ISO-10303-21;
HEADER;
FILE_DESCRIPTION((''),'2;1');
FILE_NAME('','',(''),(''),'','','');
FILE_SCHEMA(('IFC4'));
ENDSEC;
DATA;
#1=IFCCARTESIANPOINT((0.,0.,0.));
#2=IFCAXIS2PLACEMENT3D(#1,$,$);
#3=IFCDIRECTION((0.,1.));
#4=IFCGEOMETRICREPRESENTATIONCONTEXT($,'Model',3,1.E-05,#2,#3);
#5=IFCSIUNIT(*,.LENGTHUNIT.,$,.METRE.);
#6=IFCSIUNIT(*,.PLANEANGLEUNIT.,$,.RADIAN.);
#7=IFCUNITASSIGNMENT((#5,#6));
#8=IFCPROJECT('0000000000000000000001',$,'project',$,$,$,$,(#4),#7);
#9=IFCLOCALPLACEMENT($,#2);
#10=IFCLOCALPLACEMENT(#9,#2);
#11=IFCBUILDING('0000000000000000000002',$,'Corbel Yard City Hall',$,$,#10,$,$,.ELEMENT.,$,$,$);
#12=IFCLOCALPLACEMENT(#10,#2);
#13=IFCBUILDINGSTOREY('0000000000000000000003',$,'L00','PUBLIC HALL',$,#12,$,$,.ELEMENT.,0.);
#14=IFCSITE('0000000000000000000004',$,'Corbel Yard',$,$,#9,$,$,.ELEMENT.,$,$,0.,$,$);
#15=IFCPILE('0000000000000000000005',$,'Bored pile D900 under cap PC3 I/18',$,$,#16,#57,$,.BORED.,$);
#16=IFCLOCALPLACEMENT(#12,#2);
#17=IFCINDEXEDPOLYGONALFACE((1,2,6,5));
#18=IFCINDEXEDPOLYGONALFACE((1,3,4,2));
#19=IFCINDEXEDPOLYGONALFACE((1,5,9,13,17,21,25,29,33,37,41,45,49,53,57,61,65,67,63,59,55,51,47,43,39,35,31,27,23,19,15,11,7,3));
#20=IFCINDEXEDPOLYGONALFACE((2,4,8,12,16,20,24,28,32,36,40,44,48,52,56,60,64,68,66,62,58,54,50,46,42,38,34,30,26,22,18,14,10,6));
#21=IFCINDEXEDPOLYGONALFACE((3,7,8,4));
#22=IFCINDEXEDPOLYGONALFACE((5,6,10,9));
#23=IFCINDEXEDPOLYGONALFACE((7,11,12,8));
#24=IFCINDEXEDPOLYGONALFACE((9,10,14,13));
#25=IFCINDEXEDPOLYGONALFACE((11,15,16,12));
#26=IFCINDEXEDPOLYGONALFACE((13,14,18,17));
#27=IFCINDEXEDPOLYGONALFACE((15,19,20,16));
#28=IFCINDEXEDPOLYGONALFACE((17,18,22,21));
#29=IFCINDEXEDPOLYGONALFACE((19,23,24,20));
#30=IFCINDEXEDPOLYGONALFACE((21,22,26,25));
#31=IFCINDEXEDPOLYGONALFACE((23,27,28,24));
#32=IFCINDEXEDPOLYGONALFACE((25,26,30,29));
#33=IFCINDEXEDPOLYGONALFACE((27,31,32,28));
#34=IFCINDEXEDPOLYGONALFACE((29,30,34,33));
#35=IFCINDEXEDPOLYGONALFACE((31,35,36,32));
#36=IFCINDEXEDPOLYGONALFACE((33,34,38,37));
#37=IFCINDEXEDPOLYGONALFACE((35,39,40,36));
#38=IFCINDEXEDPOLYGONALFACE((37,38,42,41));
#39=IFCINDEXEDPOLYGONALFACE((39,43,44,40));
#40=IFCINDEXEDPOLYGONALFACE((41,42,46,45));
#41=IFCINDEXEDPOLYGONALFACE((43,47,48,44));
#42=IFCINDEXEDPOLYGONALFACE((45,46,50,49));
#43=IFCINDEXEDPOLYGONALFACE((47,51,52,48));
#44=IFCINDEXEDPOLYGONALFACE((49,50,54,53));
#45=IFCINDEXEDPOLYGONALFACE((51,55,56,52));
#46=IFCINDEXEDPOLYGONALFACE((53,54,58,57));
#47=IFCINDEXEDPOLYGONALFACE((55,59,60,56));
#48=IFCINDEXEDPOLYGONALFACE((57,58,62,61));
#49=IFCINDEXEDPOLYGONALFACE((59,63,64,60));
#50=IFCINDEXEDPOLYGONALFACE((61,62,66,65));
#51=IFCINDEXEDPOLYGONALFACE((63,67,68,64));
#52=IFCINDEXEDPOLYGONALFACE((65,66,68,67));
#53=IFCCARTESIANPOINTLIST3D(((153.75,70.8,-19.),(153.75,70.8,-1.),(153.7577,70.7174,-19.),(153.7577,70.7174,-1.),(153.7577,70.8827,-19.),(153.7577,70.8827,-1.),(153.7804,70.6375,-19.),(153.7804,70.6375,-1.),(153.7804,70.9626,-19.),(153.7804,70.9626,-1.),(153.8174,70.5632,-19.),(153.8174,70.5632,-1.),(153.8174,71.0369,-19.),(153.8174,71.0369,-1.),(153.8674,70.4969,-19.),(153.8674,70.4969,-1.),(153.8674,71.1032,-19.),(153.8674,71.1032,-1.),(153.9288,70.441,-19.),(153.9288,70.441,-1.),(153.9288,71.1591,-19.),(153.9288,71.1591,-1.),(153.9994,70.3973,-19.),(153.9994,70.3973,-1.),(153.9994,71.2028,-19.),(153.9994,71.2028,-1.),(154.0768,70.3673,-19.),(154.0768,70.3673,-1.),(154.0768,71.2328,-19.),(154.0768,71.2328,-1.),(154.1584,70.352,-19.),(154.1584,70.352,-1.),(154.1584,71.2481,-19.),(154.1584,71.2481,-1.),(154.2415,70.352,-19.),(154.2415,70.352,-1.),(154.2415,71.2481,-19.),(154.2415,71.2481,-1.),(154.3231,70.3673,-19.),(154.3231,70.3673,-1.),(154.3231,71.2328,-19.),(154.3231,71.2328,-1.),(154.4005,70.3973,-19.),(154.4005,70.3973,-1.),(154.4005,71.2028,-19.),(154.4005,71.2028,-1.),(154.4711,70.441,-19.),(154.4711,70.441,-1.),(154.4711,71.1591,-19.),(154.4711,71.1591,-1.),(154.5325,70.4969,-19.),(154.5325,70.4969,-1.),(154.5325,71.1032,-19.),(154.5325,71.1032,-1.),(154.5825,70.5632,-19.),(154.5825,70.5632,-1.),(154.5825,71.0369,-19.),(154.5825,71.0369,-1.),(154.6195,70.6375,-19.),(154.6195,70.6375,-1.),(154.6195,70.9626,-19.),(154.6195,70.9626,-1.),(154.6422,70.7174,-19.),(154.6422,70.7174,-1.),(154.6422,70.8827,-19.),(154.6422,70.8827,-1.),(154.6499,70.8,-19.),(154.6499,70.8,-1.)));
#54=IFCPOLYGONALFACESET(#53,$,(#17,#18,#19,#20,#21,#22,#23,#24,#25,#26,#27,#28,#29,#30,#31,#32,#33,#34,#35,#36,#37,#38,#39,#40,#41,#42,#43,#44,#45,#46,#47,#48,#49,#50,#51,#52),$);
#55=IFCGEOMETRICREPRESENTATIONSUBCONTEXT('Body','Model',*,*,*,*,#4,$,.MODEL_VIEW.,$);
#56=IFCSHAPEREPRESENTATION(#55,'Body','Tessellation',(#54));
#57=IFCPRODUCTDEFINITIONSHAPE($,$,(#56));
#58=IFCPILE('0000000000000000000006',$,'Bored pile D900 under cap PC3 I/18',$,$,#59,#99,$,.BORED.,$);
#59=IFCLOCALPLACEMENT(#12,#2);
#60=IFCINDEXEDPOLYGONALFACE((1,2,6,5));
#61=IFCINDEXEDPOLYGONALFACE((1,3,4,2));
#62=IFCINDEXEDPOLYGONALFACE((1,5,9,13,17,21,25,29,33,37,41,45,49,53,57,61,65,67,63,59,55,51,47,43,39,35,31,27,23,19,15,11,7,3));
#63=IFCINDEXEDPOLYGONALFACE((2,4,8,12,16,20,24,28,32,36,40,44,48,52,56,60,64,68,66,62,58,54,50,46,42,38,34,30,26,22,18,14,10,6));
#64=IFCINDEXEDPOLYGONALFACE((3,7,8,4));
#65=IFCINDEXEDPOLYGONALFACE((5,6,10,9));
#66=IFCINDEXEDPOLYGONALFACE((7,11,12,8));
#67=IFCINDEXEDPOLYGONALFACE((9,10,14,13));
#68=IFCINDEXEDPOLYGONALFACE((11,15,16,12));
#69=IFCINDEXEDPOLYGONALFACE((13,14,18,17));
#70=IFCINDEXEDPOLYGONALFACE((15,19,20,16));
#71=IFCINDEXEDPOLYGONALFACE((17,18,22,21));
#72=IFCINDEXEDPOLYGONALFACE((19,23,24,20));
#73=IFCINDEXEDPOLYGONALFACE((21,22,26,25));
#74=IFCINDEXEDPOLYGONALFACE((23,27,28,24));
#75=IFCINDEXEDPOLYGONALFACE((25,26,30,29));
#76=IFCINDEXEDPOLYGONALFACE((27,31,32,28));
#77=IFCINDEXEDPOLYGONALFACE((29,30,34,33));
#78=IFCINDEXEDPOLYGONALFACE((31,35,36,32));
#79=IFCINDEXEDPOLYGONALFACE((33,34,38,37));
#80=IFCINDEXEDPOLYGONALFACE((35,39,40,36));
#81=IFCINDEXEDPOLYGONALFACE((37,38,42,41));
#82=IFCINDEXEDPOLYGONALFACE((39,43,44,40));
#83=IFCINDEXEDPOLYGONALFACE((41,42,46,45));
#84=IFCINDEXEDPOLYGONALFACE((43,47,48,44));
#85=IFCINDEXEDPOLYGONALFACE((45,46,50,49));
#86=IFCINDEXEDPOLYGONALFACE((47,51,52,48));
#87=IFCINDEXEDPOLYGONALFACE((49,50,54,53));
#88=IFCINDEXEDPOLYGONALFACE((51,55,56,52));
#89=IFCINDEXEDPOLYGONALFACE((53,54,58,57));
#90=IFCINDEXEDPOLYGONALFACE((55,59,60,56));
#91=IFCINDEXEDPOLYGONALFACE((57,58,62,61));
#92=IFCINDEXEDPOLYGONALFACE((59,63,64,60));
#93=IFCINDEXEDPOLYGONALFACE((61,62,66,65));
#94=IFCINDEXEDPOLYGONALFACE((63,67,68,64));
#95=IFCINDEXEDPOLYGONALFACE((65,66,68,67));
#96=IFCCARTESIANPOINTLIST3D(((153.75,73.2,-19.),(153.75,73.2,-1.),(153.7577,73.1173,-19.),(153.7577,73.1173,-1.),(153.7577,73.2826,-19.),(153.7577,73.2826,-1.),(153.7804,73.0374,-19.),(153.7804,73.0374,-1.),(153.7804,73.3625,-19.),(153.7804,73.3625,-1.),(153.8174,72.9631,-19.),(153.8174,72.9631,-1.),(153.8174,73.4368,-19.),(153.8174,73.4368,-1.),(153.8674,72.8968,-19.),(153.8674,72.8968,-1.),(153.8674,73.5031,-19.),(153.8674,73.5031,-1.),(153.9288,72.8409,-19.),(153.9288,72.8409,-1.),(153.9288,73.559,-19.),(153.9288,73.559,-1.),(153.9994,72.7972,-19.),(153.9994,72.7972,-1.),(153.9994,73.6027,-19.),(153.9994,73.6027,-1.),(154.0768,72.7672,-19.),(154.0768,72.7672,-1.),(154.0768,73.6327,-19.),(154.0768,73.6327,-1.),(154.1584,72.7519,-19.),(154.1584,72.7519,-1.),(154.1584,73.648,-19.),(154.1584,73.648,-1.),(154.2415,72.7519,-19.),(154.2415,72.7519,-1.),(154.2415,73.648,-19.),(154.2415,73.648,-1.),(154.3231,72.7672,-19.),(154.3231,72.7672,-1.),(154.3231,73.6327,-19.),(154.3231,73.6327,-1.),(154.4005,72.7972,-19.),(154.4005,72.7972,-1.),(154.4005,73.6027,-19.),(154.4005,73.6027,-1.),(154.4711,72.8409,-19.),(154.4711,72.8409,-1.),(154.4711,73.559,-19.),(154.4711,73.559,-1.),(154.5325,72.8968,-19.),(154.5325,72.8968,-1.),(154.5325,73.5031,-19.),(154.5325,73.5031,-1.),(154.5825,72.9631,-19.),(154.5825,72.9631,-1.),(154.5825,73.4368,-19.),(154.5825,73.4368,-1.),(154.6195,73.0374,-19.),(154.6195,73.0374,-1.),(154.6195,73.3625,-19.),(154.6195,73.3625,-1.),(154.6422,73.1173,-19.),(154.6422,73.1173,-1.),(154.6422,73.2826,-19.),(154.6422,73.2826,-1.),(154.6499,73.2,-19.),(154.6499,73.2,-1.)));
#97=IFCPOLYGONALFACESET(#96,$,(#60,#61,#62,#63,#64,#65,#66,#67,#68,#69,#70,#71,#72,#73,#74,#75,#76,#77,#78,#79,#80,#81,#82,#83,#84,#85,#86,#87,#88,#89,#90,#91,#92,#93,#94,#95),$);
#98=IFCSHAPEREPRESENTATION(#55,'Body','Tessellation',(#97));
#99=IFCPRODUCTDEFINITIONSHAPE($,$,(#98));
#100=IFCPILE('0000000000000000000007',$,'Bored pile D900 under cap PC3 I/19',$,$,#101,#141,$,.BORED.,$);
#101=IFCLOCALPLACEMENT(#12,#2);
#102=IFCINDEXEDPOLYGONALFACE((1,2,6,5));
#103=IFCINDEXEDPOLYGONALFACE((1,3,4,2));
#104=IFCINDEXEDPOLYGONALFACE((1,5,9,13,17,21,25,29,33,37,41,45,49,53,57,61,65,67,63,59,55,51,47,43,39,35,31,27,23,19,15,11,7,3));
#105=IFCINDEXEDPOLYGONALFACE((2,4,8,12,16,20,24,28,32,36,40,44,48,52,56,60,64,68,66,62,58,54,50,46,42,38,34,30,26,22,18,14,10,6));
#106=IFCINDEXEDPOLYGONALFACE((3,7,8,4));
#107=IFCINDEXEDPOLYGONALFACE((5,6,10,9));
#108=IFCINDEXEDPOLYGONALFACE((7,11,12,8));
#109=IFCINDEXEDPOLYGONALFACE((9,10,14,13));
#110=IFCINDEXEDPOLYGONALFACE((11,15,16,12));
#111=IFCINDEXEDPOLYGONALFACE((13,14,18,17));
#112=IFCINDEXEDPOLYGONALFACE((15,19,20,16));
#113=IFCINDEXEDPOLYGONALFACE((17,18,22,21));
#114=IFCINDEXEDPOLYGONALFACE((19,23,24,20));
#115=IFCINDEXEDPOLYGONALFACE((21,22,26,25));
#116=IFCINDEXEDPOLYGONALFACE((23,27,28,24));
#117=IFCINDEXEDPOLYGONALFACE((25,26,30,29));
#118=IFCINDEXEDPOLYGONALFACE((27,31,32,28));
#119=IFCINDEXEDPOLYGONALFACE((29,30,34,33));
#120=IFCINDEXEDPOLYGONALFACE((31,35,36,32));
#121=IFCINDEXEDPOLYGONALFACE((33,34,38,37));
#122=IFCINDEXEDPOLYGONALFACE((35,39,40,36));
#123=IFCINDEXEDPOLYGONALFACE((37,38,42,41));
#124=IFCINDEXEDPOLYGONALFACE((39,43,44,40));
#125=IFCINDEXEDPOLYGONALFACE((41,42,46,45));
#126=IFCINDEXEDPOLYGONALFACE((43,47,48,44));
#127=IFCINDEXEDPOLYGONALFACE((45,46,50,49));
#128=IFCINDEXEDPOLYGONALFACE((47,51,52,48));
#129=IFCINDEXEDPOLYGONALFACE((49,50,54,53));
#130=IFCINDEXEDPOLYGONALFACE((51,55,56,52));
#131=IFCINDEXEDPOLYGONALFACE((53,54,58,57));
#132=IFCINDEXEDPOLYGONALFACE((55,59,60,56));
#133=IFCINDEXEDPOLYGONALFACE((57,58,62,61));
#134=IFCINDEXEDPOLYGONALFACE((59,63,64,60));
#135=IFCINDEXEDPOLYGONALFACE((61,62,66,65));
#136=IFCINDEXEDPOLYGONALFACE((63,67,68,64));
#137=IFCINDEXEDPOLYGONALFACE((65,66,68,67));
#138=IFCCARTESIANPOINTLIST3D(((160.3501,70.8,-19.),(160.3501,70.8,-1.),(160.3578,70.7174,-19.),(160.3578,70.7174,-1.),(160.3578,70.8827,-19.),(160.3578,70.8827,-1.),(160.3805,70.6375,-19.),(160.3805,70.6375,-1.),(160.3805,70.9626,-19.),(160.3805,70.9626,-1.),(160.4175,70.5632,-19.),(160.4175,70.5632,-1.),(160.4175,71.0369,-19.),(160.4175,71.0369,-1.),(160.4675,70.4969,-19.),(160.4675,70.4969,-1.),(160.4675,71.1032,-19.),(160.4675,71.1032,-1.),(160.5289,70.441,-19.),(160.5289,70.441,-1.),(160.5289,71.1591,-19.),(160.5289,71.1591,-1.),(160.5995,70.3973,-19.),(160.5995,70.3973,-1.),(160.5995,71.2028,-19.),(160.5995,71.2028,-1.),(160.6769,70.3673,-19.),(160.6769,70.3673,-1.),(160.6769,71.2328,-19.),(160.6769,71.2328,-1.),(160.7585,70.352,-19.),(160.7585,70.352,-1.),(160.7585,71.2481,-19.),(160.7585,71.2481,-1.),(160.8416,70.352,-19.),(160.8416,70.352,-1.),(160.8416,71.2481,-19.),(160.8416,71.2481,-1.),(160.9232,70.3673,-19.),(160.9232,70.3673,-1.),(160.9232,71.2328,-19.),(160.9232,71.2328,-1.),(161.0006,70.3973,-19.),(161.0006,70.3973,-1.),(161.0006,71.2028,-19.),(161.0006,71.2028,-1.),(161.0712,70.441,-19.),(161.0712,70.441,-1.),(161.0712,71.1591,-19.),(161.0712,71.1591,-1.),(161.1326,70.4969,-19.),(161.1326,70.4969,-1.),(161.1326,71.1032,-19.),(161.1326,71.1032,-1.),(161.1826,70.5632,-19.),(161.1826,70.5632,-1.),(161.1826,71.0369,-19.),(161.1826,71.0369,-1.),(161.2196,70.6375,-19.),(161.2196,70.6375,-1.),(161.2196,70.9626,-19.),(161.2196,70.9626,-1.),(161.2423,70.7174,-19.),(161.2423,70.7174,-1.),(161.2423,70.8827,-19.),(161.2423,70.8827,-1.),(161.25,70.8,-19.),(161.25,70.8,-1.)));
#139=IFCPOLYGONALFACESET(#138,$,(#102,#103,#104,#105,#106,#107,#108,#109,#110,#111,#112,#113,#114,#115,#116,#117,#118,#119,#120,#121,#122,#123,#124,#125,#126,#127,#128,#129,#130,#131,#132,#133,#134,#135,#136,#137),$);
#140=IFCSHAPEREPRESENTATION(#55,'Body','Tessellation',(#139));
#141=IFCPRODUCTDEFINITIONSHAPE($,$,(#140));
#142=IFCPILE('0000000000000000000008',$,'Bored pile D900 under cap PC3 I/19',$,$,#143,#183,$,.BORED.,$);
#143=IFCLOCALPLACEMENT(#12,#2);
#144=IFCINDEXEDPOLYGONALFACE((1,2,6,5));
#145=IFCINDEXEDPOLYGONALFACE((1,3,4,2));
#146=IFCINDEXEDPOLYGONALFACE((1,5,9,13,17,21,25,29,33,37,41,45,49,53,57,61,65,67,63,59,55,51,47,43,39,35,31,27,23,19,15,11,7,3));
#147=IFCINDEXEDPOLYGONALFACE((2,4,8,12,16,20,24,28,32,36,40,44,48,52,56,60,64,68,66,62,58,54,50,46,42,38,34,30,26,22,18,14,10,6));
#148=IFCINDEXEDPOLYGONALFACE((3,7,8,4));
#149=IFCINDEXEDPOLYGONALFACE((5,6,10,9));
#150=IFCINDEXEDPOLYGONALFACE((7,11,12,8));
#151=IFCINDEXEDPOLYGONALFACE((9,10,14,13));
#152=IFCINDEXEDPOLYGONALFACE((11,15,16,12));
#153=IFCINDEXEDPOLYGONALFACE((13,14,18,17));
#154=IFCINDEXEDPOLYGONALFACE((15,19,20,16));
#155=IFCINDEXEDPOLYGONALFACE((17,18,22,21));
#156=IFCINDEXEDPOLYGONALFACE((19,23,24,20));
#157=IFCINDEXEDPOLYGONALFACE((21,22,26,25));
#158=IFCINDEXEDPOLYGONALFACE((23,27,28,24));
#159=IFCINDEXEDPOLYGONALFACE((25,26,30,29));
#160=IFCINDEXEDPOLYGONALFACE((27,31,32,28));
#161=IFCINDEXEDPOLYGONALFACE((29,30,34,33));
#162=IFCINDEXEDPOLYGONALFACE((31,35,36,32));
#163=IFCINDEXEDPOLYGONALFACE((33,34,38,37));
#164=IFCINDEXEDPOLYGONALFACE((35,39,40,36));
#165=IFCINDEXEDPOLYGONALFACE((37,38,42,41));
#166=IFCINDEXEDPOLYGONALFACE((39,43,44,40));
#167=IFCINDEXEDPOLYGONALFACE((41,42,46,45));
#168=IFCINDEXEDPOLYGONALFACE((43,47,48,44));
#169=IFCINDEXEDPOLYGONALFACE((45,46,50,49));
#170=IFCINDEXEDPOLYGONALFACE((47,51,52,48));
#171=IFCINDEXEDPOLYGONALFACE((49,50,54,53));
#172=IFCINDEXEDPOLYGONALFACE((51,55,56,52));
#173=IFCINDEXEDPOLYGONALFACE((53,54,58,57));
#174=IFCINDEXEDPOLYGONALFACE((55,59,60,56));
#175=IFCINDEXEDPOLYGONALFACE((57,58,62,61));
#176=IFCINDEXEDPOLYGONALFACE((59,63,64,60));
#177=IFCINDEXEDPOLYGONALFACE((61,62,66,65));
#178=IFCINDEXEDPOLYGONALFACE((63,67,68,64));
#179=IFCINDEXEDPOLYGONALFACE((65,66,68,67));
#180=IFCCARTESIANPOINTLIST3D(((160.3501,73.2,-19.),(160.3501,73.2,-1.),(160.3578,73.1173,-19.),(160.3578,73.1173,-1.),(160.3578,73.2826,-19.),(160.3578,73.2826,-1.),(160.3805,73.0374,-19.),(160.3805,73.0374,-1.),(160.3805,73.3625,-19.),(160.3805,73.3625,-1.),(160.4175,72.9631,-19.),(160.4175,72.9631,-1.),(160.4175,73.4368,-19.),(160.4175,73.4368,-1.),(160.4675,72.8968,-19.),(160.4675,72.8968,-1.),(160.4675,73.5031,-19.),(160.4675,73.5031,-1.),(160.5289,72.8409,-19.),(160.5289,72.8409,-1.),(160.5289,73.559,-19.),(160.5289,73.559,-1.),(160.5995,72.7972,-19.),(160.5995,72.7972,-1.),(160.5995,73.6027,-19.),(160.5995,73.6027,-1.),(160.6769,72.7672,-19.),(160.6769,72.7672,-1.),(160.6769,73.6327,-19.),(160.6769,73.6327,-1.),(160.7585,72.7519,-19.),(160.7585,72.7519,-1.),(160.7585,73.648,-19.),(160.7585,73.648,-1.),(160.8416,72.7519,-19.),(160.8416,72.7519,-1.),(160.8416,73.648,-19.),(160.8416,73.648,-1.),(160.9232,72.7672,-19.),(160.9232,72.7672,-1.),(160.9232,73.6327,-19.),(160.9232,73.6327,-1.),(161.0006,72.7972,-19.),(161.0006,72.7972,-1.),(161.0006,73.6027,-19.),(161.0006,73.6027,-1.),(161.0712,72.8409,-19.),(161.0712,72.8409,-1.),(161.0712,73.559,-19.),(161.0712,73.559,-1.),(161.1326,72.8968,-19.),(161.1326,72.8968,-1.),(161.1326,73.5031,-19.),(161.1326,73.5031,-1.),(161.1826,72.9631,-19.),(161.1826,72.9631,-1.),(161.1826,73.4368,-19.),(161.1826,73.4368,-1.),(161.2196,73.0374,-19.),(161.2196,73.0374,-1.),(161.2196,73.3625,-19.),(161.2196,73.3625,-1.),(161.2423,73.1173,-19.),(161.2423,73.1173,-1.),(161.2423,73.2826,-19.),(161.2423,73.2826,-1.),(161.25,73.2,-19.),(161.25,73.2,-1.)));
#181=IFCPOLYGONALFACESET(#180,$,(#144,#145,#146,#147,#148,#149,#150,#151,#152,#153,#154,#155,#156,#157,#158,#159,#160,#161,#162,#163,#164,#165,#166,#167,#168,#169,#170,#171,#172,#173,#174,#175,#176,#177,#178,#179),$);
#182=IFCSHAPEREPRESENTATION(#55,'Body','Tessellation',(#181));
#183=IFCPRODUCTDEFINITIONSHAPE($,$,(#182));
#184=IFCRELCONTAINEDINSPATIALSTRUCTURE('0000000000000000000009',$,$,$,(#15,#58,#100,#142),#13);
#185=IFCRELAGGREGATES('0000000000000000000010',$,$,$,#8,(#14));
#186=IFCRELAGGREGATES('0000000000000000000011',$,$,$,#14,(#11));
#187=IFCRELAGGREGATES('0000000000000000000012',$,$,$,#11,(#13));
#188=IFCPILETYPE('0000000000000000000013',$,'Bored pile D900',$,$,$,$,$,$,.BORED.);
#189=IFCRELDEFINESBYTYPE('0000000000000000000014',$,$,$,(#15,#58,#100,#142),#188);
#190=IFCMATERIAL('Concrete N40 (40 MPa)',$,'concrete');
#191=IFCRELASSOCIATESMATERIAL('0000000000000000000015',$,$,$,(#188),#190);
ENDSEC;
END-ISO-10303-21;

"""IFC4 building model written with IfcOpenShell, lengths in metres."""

from ifc_helpers import new_model, si_unit, direction, frame, origin, origin_2d, place, context, subcontext, project, spatial, circle, extrude, material, material_profile, profile_set, type_object, element, save


model = new_model("IFC4")

# Units and contexts
model_context = context("Model", 3, precision=1e-05, world=origin(), true_north=direction((0.0, 1.0)))
body_context = subcontext(model_context, "Body", "Model", "MODEL_VIEW")
ifc_project = project(units=[si_unit("LENGTHUNIT", "METRE"), si_unit("PLANEANGLEUNIT", "RADIAN")], contexts=[model_context])

# Site, building, storey
site_placement = place(None, origin())
site = spatial("IfcSite", under=ifc_project, at=site_placement, Name="Corbel Yard", CompositionType="ELEMENT", RefElevation=0.0)
building_placement = place(site_placement, origin())
building = spatial("IfcBuilding", under=site, at=building_placement, Name="Corbel Yard City Hall", CompositionType="ELEMENT")
storey_placement = place(building_placement, origin())
storey = spatial("IfcBuildingStorey", under=building, at=storey_placement, Name="L00", Description="PUBLIC HALL", CompositionType="ELEMENT", Elevation=0.0)

# Piles
ifc_material_1 = material(Name="Concrete N40 (40 MPa)", Category="concrete")
ifc_material_profile_1 = material_profile(ifc_material_1, circle(Radius=0.45, at=origin_2d()), Name="D900")
ifc_profile_set_1 = profile_set([ifc_material_profile_1], Name="Concrete N40 (40 MPa)")
pile_type = type_object("IfcPileType", Name="Bored pile D900", PredefinedType="BORED", material=ifc_profile_set_1)
for number, where, z_axis, x_axis, name in (
    (1, (154.2, 70.8, -1.0), (0.0, 0.0, -1.0), (1.0, 0.0, 0.0), "Bored pile D900 under cap PC3 I/18"),
    (2, (154.2, 73.2, -1.0), (0.0, 0.0, -1.0), (1.0, 0.0, 0.0), "Bored pile D900 under cap PC3 I/18"),
    (3, (160.8, 70.8, -1.0), (0.0, 0.0, -1.0), (1.0, 0.0, 0.0), "Bored pile D900 under cap PC3 I/19"),
    (4, (160.8, 73.2, -1.0), (0.0, 0.0, -1.0), (1.0, 0.0, 0.0), "Bored pile D900 under cap PC3 I/19"),
):
    element("IfcPile", number, at=place(storey_placement, frame(where, z_axis=z_axis, x_axis=x_axis)), inside=storey, type_object=pile_type, Name=name, PredefinedType="BORED", context=body_context, shape_type="SweptSolid", body=[
        extrude(circle(Radius=0.45, at=origin_2d()), origin(), (0.0, 0.0, 1.0), 18.0),
    ])

save(model, "model.ifc")
